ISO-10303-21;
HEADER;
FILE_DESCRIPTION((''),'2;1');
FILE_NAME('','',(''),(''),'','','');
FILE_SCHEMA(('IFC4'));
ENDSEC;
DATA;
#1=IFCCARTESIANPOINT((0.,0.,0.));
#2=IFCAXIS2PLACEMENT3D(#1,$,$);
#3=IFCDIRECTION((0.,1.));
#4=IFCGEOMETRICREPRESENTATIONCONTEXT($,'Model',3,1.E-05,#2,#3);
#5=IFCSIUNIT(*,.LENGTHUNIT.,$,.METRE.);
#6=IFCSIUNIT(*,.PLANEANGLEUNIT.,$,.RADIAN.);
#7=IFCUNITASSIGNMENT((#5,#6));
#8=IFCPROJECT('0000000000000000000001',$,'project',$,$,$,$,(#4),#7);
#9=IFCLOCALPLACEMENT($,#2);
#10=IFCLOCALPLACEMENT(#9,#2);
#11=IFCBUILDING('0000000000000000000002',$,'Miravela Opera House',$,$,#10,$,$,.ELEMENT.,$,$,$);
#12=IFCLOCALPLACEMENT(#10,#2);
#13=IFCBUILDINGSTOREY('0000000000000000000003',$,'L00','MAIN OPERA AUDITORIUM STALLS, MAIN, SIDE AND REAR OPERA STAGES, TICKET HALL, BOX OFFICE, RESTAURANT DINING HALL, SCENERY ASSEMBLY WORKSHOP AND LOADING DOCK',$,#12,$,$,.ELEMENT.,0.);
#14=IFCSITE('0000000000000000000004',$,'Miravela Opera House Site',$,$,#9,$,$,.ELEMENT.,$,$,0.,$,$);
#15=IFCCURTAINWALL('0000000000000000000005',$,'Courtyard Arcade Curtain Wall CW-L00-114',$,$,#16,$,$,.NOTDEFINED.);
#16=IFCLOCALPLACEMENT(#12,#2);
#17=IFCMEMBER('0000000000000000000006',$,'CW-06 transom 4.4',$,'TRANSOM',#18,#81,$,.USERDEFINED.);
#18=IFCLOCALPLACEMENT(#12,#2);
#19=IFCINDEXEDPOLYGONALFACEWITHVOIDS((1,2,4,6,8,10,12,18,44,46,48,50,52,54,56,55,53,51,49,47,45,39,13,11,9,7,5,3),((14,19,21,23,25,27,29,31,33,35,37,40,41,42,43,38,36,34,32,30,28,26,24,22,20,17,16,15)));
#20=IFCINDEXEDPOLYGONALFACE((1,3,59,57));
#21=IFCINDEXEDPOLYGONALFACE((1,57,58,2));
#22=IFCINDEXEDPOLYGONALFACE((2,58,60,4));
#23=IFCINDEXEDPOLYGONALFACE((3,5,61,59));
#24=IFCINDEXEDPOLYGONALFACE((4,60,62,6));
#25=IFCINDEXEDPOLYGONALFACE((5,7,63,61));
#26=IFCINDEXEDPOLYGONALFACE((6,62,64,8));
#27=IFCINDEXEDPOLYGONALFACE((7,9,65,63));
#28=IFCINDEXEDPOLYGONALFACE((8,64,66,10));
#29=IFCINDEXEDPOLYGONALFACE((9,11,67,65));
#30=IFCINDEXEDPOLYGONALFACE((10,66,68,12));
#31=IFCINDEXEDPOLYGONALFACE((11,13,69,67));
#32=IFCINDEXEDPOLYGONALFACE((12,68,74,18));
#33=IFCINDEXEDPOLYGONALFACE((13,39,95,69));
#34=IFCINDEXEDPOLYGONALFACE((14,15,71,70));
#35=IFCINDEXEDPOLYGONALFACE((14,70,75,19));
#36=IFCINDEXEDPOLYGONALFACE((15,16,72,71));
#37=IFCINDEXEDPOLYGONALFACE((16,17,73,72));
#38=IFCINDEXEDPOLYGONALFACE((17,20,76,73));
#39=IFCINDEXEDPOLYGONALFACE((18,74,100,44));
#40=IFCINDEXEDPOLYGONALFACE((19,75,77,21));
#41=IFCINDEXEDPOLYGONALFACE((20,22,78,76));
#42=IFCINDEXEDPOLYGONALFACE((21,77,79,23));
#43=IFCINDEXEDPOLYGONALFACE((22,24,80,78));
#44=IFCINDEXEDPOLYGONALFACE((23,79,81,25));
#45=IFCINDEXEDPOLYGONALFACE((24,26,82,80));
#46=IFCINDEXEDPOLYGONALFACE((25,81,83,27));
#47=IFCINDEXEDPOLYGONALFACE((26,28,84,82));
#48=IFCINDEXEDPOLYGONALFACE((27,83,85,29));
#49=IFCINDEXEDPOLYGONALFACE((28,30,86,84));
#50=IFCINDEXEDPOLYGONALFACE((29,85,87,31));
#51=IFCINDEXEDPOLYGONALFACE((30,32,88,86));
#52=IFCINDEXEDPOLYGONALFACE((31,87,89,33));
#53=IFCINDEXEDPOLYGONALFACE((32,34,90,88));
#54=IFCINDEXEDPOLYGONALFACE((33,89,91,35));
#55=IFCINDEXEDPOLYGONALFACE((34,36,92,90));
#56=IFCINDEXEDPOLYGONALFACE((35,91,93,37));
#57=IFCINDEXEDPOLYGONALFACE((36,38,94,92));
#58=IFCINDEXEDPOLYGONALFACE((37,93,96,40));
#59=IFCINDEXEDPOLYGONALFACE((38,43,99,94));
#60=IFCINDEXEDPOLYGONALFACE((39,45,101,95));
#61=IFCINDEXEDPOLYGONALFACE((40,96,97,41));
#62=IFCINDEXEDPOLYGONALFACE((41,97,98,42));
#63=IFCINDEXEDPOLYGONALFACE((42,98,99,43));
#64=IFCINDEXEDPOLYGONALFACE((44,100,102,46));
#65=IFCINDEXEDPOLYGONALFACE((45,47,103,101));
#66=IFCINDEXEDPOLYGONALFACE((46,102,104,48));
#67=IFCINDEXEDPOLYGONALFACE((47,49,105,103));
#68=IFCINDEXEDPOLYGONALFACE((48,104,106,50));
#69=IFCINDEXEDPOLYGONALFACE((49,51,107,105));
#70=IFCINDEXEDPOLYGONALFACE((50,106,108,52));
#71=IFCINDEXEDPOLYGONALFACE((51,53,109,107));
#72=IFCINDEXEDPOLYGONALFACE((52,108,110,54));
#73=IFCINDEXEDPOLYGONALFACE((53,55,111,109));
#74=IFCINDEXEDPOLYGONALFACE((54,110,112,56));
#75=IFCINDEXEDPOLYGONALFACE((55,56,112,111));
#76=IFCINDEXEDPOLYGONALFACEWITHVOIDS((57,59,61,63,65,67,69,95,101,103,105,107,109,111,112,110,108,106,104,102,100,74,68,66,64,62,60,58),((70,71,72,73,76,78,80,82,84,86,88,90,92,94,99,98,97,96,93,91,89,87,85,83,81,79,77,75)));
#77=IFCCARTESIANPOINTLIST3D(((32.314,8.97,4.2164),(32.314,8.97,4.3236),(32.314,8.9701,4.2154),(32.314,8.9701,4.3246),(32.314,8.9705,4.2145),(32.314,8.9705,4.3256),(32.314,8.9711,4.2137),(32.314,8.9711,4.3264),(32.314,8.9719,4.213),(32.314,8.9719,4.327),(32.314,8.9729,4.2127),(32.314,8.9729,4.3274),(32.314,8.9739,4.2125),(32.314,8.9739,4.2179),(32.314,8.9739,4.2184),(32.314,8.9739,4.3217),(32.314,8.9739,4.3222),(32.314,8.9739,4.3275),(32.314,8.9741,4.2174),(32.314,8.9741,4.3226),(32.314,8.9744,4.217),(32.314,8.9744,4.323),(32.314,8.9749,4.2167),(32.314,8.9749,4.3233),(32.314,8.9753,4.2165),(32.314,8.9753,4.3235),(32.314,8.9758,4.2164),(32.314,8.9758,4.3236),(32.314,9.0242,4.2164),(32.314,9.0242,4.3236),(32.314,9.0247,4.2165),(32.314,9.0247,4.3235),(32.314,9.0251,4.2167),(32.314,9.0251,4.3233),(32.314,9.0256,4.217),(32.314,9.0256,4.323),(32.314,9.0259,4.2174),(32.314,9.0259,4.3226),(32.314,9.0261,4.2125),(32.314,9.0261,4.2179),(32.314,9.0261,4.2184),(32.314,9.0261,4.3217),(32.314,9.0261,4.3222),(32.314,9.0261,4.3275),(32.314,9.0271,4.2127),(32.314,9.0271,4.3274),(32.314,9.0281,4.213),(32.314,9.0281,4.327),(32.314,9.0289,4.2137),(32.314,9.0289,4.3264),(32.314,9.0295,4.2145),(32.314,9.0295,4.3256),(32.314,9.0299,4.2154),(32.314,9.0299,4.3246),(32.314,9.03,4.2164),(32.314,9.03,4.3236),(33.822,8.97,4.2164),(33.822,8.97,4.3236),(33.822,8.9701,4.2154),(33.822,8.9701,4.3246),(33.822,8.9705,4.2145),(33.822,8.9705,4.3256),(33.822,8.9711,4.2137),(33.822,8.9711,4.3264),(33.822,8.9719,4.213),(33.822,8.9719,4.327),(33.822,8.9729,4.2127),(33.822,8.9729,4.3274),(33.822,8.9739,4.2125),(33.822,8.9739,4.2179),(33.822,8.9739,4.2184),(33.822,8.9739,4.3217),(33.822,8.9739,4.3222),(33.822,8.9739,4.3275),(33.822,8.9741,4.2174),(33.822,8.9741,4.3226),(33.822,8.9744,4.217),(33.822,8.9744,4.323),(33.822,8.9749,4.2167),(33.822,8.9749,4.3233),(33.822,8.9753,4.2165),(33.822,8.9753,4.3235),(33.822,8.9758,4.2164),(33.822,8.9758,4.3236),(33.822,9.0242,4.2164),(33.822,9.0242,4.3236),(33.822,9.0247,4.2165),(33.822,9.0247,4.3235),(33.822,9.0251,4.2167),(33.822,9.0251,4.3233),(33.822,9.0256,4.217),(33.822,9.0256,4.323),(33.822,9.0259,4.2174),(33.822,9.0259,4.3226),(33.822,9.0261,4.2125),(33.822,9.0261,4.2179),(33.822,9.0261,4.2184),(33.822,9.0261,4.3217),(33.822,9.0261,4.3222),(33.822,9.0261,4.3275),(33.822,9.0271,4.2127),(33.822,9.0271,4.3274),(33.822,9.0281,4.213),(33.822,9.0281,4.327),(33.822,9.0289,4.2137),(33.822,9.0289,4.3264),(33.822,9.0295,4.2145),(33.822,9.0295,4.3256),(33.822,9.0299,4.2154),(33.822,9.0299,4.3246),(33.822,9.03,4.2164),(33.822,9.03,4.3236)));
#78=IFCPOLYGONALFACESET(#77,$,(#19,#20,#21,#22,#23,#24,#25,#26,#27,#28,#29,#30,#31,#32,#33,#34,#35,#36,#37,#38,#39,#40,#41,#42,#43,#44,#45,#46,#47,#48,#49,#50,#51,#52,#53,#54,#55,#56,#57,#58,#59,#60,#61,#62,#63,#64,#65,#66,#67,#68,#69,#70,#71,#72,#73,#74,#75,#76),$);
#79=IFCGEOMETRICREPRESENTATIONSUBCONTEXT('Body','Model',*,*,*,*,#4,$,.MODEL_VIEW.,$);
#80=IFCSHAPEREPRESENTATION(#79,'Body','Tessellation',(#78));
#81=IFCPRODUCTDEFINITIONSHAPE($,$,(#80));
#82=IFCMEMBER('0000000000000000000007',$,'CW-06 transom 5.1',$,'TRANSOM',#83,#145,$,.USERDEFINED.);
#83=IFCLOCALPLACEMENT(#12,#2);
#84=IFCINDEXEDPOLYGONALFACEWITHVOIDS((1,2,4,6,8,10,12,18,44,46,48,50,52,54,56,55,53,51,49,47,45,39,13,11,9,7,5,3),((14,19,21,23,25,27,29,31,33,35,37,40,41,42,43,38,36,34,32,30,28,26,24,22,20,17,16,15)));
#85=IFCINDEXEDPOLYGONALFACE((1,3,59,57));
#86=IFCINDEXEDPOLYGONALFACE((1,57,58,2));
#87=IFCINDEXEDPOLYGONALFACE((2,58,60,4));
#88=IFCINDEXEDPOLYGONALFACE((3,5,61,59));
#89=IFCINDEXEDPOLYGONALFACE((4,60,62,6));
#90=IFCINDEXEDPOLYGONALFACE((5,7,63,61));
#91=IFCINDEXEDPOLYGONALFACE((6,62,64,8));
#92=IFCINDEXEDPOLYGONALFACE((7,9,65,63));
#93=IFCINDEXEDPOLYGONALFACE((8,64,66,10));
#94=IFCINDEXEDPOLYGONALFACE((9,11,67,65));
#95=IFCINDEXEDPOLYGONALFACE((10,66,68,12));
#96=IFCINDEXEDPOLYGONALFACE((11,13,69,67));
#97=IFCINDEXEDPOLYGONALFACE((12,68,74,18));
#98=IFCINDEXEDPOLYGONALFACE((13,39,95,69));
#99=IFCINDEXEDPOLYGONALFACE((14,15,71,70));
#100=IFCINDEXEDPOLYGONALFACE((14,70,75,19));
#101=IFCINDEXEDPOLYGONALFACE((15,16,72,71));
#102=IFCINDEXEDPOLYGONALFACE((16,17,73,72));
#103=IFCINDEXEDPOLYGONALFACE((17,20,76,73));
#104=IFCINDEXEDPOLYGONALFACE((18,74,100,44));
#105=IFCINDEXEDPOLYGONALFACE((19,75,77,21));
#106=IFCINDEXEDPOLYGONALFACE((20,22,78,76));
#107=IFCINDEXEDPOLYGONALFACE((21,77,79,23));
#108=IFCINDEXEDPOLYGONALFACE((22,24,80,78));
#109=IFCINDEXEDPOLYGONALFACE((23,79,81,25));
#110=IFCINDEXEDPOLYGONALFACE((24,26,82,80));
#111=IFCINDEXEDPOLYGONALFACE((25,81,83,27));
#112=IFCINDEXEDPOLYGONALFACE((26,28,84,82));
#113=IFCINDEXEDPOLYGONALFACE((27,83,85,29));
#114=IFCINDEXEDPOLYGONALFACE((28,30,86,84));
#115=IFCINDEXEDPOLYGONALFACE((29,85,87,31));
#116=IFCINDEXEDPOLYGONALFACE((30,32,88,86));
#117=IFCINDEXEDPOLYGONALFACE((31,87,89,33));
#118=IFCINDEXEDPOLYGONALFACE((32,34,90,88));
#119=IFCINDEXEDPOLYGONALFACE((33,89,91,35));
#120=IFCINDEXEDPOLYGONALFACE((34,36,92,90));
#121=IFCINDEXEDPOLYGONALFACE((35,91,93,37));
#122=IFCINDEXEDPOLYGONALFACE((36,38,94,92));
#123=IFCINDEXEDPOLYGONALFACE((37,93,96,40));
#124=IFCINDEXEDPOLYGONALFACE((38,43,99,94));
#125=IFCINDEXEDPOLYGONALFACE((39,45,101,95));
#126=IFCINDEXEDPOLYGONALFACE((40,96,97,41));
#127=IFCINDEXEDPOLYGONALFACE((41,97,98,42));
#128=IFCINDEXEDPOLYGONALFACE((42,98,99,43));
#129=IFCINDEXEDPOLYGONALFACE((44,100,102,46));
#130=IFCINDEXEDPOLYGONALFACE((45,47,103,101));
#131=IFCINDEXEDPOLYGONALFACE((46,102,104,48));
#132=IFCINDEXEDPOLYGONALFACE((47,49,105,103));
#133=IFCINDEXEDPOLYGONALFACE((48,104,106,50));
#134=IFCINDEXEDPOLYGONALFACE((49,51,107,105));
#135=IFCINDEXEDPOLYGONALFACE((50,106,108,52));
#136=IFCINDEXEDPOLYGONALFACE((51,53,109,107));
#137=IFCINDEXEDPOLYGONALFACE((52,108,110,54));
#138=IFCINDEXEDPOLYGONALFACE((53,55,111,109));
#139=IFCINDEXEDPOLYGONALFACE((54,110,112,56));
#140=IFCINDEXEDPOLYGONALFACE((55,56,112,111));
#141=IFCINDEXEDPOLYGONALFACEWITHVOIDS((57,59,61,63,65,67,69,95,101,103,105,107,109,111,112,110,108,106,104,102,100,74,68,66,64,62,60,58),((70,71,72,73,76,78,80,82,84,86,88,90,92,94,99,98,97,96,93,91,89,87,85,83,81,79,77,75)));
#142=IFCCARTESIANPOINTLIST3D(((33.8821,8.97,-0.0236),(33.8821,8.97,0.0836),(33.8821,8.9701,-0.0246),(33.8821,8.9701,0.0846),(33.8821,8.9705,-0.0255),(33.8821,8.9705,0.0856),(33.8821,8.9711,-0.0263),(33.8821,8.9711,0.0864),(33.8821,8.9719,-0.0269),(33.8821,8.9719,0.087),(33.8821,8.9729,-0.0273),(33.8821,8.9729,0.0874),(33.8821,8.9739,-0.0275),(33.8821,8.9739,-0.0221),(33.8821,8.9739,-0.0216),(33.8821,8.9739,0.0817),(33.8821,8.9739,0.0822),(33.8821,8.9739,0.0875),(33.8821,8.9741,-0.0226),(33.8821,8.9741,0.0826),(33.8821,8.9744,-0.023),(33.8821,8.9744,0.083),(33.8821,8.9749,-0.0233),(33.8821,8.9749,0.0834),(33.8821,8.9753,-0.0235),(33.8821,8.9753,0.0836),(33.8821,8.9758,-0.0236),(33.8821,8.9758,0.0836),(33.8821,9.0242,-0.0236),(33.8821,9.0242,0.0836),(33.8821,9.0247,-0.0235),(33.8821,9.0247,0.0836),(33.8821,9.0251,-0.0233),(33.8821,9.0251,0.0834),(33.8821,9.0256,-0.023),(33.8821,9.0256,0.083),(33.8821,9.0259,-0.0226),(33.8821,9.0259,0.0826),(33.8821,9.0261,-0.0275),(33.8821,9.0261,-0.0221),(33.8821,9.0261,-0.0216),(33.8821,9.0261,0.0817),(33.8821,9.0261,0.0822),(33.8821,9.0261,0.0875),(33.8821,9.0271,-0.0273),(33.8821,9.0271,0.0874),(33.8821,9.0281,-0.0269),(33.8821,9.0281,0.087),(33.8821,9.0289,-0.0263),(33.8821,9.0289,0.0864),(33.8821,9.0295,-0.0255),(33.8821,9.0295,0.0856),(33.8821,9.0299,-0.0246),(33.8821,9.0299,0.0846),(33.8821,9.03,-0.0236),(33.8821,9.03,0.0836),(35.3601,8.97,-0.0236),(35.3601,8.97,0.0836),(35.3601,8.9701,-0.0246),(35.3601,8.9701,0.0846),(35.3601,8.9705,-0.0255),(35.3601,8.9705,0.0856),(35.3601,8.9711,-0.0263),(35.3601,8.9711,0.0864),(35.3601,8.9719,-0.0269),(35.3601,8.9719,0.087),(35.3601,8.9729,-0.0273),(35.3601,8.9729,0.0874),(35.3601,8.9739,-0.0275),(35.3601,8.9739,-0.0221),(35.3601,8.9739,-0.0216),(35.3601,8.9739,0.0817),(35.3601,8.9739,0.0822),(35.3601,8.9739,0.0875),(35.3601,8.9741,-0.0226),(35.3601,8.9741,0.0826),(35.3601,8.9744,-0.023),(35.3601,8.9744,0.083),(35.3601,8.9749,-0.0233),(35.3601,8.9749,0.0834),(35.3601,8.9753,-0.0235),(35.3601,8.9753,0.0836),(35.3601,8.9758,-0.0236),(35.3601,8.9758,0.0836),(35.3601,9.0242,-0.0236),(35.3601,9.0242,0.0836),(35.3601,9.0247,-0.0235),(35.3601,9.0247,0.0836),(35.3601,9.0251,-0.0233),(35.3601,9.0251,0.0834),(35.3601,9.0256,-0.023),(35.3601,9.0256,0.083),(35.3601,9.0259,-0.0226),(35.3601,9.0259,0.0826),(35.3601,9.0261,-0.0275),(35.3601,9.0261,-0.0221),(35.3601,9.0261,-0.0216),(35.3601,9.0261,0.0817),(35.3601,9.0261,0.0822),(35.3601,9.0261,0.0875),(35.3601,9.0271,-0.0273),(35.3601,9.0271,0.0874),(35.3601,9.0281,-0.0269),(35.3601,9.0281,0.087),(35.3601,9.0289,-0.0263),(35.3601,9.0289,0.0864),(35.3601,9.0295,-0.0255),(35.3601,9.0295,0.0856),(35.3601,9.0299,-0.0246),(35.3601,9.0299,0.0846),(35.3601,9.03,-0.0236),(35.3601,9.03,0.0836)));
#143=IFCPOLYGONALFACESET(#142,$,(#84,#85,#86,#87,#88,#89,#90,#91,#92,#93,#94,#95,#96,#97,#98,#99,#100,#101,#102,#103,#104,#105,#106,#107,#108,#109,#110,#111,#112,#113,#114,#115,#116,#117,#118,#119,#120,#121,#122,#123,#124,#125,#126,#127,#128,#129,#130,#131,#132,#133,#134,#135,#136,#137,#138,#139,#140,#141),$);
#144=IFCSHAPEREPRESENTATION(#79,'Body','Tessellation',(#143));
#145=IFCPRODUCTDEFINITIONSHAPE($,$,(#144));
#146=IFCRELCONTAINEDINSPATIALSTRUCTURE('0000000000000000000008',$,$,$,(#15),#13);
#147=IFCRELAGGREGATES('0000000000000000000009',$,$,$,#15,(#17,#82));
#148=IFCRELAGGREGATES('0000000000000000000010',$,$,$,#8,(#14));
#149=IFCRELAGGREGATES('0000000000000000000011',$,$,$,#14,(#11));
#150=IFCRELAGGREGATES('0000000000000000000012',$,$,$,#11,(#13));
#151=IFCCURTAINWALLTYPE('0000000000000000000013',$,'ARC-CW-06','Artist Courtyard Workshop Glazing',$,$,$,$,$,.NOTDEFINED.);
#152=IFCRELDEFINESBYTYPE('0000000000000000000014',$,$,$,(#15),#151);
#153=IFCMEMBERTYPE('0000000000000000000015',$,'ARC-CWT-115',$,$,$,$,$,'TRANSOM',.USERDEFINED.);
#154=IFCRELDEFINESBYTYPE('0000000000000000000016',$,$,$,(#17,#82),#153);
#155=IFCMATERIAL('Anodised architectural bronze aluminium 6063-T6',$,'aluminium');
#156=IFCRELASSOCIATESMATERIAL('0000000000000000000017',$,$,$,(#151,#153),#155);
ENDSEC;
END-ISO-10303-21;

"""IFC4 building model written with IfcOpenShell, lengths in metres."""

from ifc_helpers import new_model, si_unit, direction, frame, origin, origin_2d, place, context, subcontext, project, spatial, hollow_rectangle, extrude, material, material_profile, profile_set, type_object, element, aggregate, save


model = new_model("IFC4")

# Units and contexts
model_context = context("Model", 3, precision=1e-05, world=origin(), true_north=direction((0.0, 1.0)))
body_context = subcontext(model_context, "Body", "Model", "MODEL_VIEW")
ifc_project = project(units=[si_unit("LENGTHUNIT", "METRE"), si_unit("PLANEANGLEUNIT", "RADIAN")], contexts=[model_context])

# Site, building, storey
site_placement = place(None, origin())
site = spatial("IfcSite", under=ifc_project, at=site_placement, Name="Miravela Opera House Site", CompositionType="ELEMENT", RefElevation=0.0)
building_placement = place(site_placement, origin())
building = spatial("IfcBuilding", under=site, at=building_placement, Name="Miravela Opera House", CompositionType="ELEMENT")
storey_placement = place(building_placement, origin())
storey = spatial("IfcBuildingStorey", under=building, at=storey_placement, Name="L00", Description="MAIN OPERA AUDITORIUM STALLS, MAIN, SIDE AND REAR OPERA STAGES, TICKET HALL, BOX OFFICE, RESTAURANT DINING HALL, SCENERY ASSEMBLY WORKSHOP AND LOADING DOCK", CompositionType="ELEMENT", Elevation=0.0)

# Curtain wall, members
ifc_material_1 = material(Name="Anodised architectural bronze aluminium 6063-T6", Category="aluminium")
curtain_wall_type = type_object("IfcCurtainWallType", Name="ARC-CW-06", Description="Artist Courtyard Workshop Glazing", PredefinedType="NOTDEFINED", material=ifc_material_1)
curtain_wall_placement = place(storey_placement, origin())
curtain_wall = element("IfcCurtainWall", 1, at=curtain_wall_placement, inside=storey, type_object=curtain_wall_type, Name="Courtyard Arcade Curtain Wall CW-L00-114", PredefinedType="NOTDEFINED")
ifc_material_profile_1 = material_profile(ifc_material_1, hollow_rectangle(XDim=0.0601, YDim=0.115, WallThickness=0.0039, InnerFilletRadius=0.002, OuterFilletRadius=0.0039, at=origin_2d()), Name="CWT-60X115")
ifc_profile_set_1 = profile_set([ifc_material_profile_1])
member_type_1 = type_object("IfcMemberType", Name="ARC-CWT-115", ElementType="TRANSOM", PredefinedType="USERDEFINED", material=ifc_profile_set_1)
member_1_placement = place(storey_placement, frame((32.314, 9.0, 4.27), z_axis=(1.0, 0.0, 0.0), x_axis=(0.0, 1.0, 0.0)))
member_1 = element("IfcMember", 2, at=member_1_placement, type_object=member_type_1, Name="CW-06 transom 4.4", ObjectType="TRANSOM", PredefinedType="USERDEFINED", context=body_context, shape_type="SweptSolid", body=[
    extrude(hollow_rectangle(XDim=0.0601, YDim=0.115, WallThickness=0.0039, InnerFilletRadius=0.002, OuterFilletRadius=0.0039, at=origin_2d()), origin(), (0.0, 0.0, 1.0), 1.5081),
])
member_2_placement = place(storey_placement, frame((33.8821, 9.0, 0.03), z_axis=(1.0, 0.0, 0.0), x_axis=(0.0, 1.0, 0.0)))
member_2 = element("IfcMember", 3, at=member_2_placement, type_object=member_type_1, Name="CW-06 transom 5.1", ObjectType="TRANSOM", PredefinedType="USERDEFINED", context=body_context, shape_type="SweptSolid", body=[
    extrude(hollow_rectangle(XDim=0.0601, YDim=0.115, WallThickness=0.0039, InnerFilletRadius=0.002, OuterFilletRadius=0.0039, at=origin_2d()), origin(), (0.0, 0.0, 1.0), 1.478),
])
aggregate(curtain_wall, [member_1, member_2])

save(model, "model.ifc")
